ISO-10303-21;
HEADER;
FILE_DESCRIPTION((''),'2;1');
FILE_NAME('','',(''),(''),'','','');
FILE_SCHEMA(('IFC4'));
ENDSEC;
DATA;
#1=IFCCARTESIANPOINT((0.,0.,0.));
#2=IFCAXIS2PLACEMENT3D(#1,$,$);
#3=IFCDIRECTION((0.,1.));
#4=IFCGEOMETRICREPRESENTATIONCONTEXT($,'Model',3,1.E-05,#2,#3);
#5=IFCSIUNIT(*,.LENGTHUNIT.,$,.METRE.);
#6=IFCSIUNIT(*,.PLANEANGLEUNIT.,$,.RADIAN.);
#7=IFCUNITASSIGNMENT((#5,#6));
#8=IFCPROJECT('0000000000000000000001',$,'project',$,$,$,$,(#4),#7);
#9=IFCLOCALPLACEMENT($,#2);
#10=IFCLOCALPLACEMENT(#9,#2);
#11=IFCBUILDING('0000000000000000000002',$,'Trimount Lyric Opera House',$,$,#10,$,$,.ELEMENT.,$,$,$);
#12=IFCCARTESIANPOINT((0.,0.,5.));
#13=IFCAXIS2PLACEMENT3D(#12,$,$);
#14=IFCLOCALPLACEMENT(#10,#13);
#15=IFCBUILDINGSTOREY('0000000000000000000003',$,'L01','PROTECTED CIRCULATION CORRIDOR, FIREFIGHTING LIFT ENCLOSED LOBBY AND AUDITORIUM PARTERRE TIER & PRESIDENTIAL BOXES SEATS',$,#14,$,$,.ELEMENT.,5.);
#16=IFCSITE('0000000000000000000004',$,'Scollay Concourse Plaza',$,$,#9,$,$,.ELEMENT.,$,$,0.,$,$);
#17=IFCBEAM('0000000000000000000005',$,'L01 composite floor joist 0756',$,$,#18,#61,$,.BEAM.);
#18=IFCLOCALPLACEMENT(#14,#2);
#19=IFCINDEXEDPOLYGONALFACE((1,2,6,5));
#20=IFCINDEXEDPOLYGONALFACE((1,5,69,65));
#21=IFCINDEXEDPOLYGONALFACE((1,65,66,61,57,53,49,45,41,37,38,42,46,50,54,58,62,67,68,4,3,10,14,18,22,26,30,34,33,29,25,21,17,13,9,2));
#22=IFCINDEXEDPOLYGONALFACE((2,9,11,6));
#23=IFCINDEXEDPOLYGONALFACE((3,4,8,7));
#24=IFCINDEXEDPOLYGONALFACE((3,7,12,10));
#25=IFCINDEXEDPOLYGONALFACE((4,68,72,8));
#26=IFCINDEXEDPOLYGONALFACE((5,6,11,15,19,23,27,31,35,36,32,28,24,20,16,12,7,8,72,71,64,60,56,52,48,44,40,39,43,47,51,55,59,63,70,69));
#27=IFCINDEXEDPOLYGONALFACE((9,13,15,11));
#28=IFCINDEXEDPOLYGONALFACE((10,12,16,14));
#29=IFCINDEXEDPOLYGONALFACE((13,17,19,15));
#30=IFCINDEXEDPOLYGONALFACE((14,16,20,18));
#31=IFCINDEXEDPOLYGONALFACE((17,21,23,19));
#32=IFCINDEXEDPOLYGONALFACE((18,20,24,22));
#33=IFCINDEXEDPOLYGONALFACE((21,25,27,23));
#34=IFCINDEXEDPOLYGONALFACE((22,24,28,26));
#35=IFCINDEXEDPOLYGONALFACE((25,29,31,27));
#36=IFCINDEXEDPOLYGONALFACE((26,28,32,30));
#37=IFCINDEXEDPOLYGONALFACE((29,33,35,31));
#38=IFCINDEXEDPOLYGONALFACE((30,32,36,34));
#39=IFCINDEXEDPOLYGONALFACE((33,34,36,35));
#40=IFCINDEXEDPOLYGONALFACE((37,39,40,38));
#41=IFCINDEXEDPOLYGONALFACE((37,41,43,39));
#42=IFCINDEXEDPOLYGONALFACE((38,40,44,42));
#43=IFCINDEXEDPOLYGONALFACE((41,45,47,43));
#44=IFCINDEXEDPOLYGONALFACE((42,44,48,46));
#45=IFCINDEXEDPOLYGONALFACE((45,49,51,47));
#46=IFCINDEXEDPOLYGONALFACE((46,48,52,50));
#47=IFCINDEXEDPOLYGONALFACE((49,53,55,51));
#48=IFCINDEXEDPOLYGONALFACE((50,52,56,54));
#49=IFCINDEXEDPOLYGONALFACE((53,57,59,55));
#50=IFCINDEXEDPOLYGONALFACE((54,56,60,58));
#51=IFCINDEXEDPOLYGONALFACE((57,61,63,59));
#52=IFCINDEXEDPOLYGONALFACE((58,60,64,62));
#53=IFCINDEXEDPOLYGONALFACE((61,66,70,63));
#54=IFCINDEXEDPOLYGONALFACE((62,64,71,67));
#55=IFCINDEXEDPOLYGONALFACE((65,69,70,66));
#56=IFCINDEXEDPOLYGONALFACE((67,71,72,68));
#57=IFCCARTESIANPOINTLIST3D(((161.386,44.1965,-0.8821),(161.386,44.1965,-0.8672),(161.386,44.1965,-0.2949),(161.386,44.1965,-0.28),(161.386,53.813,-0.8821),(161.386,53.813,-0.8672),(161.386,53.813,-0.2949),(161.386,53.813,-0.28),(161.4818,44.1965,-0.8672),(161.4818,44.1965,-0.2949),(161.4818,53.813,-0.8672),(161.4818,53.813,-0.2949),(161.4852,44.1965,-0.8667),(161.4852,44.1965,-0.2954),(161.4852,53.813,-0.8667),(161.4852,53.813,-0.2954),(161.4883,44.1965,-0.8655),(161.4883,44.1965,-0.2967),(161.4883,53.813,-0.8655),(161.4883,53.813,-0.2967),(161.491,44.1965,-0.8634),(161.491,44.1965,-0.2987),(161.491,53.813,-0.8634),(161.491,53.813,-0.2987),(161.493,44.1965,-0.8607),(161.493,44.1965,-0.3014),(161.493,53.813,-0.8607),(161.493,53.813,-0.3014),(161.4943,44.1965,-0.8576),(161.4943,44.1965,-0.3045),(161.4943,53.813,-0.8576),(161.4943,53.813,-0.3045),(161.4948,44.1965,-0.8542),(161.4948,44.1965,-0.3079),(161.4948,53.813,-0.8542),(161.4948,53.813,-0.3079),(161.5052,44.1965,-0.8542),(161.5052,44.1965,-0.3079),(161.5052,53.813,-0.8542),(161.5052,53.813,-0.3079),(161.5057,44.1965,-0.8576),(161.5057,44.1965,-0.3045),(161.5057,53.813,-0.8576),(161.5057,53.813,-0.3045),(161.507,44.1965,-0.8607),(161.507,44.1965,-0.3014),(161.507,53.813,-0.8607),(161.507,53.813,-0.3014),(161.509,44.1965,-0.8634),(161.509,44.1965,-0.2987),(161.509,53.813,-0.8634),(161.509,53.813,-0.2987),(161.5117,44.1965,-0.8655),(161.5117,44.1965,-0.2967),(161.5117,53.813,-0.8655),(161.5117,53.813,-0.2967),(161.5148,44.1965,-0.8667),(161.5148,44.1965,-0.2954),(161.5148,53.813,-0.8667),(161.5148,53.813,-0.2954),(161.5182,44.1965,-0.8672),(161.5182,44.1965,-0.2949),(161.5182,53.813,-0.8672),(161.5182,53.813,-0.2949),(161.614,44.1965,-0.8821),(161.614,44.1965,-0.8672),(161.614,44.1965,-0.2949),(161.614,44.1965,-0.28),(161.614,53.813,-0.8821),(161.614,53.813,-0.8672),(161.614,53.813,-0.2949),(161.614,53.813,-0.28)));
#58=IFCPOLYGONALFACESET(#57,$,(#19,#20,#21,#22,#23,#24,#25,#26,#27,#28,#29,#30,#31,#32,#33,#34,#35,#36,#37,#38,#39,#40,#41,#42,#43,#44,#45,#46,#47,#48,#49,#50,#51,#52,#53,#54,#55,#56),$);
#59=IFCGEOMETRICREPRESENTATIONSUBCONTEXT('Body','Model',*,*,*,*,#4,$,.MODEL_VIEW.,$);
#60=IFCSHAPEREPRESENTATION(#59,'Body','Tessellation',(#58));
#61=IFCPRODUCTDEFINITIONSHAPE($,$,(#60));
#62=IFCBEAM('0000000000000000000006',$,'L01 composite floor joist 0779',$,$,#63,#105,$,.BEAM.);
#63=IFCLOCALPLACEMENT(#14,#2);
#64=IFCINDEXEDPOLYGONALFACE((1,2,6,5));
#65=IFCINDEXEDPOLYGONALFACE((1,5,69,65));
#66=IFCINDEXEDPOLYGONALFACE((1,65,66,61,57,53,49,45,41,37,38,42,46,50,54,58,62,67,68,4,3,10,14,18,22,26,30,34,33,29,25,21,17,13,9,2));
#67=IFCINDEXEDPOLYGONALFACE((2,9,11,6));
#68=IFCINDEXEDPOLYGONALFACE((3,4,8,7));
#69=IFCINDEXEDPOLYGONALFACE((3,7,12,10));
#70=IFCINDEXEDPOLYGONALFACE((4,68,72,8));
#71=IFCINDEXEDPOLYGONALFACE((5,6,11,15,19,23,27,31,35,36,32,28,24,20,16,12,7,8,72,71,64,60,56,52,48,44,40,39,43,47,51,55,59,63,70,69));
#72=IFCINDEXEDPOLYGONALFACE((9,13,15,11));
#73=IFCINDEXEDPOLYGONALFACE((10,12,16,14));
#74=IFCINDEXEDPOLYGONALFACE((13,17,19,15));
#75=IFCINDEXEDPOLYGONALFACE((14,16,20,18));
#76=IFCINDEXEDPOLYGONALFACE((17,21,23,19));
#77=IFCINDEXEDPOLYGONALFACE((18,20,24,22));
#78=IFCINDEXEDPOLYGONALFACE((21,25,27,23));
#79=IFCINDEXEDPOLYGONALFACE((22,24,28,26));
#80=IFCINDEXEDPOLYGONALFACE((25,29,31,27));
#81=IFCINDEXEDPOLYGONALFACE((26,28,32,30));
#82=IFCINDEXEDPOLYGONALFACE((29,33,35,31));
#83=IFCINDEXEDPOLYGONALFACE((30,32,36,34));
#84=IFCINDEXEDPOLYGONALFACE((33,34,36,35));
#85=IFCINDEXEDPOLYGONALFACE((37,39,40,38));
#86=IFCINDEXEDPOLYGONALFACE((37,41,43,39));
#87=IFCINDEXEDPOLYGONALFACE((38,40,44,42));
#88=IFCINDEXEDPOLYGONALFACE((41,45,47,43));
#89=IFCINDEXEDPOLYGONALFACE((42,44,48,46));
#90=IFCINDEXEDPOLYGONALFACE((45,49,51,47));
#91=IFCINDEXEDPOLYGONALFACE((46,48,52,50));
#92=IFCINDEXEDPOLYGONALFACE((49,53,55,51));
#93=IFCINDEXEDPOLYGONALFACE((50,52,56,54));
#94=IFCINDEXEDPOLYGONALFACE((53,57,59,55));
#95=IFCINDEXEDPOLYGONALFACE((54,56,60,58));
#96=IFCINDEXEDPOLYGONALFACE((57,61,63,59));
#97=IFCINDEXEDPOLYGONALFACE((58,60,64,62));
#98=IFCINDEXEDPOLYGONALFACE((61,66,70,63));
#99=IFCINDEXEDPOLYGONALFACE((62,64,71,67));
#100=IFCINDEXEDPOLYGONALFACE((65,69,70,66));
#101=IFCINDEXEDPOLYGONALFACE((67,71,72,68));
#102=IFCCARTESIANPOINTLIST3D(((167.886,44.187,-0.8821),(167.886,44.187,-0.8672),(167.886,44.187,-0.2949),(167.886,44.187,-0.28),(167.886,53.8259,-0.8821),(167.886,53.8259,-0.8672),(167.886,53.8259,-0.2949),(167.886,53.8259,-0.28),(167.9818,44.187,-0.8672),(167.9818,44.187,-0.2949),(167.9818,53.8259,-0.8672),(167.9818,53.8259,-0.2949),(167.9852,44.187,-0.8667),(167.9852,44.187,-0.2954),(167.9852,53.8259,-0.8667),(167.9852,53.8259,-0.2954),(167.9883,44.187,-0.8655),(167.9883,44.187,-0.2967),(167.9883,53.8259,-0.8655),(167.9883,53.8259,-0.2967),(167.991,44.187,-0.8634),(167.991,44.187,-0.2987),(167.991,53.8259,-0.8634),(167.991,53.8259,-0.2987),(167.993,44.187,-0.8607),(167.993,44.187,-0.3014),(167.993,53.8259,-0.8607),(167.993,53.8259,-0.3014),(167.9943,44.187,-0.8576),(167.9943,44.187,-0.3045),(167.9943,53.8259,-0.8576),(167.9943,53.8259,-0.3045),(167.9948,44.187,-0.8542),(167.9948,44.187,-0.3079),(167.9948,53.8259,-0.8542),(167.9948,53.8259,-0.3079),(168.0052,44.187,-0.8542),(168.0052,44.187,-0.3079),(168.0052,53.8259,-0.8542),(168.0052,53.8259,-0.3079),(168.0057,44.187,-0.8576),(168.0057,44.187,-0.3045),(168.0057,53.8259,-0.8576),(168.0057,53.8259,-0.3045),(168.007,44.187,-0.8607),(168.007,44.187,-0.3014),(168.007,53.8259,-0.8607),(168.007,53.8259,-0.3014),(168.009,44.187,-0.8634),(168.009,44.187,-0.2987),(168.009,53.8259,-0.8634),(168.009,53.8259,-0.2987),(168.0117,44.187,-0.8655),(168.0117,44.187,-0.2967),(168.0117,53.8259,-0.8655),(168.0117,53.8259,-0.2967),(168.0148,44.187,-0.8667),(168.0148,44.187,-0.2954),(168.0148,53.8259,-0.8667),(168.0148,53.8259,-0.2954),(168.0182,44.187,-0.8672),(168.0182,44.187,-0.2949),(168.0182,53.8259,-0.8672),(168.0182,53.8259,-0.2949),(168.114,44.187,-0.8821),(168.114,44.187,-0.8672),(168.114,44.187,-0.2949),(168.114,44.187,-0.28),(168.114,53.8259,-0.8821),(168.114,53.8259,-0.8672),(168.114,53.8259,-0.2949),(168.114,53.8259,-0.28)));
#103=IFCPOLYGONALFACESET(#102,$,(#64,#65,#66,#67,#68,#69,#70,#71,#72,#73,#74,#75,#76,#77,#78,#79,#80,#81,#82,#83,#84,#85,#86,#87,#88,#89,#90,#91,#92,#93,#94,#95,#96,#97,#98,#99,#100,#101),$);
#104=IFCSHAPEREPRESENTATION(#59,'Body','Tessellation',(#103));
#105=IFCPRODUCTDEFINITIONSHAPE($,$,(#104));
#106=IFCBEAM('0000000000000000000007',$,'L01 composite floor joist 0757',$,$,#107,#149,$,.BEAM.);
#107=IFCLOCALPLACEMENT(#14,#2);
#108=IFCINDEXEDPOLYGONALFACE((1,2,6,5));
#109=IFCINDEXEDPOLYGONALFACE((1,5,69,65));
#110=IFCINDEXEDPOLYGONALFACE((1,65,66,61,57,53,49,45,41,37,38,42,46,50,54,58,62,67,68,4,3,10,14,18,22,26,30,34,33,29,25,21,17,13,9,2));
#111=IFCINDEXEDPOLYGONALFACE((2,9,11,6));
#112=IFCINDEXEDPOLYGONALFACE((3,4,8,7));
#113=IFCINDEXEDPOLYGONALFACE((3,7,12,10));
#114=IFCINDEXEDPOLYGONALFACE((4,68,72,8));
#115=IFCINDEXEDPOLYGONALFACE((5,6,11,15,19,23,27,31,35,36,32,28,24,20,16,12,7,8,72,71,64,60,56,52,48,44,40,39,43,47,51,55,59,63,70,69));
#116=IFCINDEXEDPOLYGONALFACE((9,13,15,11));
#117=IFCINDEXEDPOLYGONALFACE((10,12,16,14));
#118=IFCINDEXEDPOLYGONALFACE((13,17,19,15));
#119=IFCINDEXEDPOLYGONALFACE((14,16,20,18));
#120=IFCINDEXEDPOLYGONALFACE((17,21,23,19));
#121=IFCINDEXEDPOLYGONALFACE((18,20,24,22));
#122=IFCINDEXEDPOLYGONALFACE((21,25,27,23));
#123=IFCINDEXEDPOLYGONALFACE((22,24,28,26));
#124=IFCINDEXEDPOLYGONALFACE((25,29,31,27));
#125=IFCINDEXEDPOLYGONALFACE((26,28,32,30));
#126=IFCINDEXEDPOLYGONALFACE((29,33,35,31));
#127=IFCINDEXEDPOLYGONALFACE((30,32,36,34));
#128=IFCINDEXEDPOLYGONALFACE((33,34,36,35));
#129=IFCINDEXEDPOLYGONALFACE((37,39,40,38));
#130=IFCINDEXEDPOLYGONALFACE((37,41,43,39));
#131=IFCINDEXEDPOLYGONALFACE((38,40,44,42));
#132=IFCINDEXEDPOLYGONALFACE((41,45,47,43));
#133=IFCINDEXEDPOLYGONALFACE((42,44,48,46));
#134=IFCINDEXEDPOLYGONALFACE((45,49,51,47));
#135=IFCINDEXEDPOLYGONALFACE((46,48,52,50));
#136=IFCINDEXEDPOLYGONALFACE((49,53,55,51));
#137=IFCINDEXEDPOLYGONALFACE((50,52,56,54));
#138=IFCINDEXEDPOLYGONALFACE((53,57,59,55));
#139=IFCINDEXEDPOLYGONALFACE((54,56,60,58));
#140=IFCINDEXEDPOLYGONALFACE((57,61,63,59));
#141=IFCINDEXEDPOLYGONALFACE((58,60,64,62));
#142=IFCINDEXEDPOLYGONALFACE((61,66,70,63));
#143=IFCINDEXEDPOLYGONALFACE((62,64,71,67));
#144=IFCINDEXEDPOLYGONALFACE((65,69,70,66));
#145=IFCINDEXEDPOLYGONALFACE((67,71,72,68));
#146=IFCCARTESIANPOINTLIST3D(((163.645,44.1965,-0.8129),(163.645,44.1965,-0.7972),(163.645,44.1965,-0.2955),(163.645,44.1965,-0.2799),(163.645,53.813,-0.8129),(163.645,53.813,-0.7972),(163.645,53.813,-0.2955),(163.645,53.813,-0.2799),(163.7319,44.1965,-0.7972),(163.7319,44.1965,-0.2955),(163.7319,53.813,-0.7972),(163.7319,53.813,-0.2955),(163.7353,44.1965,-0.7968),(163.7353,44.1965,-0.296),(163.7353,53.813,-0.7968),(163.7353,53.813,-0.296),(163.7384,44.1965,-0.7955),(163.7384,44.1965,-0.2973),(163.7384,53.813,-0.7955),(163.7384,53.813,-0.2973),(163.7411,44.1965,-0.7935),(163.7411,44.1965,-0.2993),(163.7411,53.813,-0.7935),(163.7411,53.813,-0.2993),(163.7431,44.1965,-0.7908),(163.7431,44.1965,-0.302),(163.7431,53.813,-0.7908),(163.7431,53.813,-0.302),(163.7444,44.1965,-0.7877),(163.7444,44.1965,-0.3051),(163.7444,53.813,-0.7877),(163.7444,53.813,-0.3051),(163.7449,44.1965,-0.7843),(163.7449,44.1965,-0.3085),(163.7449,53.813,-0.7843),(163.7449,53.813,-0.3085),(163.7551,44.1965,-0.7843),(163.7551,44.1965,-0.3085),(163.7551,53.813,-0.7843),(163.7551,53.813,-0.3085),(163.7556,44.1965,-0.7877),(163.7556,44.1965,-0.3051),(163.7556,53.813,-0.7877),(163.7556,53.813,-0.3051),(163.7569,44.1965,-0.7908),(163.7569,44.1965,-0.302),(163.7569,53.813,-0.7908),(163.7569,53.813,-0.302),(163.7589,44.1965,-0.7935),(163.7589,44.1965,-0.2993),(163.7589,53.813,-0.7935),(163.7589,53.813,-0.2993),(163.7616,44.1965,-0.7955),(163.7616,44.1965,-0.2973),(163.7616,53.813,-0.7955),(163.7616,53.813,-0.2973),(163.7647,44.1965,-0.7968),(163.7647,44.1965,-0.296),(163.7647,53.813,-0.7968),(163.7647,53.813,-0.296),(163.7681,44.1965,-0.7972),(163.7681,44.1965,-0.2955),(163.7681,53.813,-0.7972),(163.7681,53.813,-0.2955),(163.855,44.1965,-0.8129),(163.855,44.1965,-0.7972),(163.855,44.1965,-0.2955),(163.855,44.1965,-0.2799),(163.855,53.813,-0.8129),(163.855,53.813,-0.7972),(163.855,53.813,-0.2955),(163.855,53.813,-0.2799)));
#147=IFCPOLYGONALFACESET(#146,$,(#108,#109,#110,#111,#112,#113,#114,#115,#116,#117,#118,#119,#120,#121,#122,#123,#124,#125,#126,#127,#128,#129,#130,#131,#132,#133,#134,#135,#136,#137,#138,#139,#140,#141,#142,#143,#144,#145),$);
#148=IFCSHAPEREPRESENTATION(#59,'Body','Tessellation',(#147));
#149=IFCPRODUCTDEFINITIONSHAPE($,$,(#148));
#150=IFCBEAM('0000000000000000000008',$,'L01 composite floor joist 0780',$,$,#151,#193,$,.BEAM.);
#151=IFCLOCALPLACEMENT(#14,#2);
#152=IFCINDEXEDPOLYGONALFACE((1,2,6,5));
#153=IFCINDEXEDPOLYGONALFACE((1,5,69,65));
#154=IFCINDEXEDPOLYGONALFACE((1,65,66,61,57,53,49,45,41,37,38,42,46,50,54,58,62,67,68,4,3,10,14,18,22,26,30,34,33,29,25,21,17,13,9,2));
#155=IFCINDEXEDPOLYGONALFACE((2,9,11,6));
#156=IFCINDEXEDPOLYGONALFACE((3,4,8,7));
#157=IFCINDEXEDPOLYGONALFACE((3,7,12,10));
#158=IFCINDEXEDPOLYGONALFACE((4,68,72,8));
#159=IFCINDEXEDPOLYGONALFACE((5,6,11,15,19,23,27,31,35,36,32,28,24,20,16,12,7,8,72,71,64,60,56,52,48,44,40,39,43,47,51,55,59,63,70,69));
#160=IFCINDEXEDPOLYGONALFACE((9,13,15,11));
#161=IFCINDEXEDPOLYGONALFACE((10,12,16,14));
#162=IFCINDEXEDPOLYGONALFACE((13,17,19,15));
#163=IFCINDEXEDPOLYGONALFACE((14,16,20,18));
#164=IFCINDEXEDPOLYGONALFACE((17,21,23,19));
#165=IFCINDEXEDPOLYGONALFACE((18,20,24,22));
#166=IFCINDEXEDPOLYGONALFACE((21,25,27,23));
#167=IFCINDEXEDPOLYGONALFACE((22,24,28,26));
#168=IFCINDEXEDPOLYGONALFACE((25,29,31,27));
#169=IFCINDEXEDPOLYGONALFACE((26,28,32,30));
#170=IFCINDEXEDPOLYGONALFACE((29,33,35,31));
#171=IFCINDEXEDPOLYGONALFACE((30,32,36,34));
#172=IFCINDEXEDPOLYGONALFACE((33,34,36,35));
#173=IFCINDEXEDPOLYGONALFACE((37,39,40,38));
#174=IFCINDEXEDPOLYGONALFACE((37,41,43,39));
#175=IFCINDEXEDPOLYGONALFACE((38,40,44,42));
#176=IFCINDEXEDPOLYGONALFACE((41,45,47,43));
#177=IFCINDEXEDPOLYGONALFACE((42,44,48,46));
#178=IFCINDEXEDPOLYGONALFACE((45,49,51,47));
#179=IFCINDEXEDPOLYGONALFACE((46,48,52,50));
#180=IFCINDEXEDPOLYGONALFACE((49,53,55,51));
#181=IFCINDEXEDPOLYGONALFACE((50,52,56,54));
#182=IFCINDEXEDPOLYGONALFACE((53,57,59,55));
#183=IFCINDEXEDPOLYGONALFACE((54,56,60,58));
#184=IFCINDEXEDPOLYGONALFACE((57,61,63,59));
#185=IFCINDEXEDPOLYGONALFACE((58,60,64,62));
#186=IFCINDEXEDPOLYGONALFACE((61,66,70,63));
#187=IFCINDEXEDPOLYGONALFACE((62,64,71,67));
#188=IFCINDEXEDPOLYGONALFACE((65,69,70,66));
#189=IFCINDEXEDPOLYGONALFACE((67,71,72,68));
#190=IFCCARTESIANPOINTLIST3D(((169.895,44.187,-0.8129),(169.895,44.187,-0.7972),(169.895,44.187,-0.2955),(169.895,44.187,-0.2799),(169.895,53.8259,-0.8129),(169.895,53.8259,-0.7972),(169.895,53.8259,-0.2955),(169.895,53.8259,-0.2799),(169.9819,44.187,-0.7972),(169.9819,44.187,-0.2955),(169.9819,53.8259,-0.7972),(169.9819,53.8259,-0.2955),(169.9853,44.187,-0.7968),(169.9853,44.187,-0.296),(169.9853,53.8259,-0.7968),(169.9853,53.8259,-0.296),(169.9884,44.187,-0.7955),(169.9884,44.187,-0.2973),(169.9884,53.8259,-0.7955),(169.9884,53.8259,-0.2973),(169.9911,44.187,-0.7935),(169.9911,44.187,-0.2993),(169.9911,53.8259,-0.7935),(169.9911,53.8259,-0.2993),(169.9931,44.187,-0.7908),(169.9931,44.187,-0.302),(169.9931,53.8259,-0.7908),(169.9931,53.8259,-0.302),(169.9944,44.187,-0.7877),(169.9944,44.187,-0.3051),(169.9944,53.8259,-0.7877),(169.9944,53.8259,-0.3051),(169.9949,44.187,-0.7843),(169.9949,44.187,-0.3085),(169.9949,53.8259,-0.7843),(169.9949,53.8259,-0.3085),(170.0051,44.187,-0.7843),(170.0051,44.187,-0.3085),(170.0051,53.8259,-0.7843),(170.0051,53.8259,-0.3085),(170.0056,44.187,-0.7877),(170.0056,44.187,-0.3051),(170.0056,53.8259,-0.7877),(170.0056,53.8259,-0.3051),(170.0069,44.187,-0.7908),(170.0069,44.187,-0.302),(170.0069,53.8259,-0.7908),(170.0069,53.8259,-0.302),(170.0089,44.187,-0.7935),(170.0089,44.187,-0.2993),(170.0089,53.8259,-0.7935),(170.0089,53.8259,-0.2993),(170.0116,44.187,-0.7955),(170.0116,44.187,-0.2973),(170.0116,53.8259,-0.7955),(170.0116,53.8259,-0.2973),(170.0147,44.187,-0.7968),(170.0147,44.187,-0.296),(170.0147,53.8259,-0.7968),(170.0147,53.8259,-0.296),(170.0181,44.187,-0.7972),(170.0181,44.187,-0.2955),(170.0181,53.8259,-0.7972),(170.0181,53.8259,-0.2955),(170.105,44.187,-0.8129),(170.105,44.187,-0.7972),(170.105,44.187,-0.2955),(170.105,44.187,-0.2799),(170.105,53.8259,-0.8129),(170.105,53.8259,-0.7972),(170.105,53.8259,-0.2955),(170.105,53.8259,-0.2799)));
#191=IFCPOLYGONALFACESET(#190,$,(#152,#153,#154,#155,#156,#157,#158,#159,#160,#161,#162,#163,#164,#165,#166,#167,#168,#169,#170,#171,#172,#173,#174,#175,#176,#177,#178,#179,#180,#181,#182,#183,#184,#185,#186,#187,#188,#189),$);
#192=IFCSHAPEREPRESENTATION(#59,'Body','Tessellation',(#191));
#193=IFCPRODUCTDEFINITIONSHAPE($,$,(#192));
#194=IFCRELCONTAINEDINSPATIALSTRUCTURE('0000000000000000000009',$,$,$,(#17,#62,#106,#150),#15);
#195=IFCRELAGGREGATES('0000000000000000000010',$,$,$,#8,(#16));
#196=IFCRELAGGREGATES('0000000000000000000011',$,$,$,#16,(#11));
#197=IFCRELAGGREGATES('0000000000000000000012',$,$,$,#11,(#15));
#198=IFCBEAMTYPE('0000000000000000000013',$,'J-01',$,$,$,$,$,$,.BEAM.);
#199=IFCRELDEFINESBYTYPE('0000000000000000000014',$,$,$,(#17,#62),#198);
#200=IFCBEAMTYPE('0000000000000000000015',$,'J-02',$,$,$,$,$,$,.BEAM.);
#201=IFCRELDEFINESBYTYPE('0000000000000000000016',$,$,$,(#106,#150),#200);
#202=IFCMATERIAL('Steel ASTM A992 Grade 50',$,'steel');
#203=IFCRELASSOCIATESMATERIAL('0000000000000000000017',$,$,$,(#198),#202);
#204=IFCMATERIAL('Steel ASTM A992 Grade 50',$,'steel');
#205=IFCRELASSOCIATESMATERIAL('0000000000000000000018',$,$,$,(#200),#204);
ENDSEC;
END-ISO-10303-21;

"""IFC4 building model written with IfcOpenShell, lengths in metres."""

from ifc_helpers import new_model, si_unit, direction, frame, origin, origin_2d, place, context, subcontext, project, spatial, i_section, extrude, material, material_profile, profile_set, type_object, element, save


model = new_model("IFC4")

# Units and contexts
model_context = context("Model", 3, precision=1e-05, world=origin(), true_north=direction((0.0, 1.0)))
body_context = subcontext(model_context, "Body", "Model", "MODEL_VIEW")
ifc_project = project(units=[si_unit("LENGTHUNIT", "METRE"), si_unit("PLANEANGLEUNIT", "RADIAN")], contexts=[model_context])

# Site, building, storey
site_placement = place(None, origin())
site = spatial("IfcSite", under=ifc_project, at=site_placement, Name="Scollay Concourse Plaza", CompositionType="ELEMENT", RefElevation=0.0)
building_placement = place(site_placement, origin())
building = spatial("IfcBuilding", under=site, at=building_placement, Name="Trimount Lyric Opera House", CompositionType="ELEMENT")
storey_placement = place(building_placement, frame((0.0, 0.0, 5.0)))
storey = spatial("IfcBuildingStorey", under=building, at=storey_placement, Name="L01", Description="PROTECTED CIRCULATION CORRIDOR, FIREFIGHTING LIFT ENCLOSED LOBBY AND AUDITORIUM PARTERRE TIER & PRESIDENTIAL BOXES SEATS", CompositionType="ELEMENT", Elevation=5.0)

# Beams
ifc_material_1 = material(Name="Steel ASTM A992 Grade 50", Category="steel")
ifc_material_profile_1 = material_profile(ifc_material_1, i_section(OverallWidth=0.228, OverallDepth=0.6021, WebThickness=0.0105, FlangeThickness=0.0149, FilletRadius=0.0129, at=origin_2d()), Name="W24X68")
ifc_profile_set_1 = profile_set([ifc_material_profile_1], Name="Steel ASTM A992 Grade 50")
beam_type_1 = type_object("IfcBeamType", Name="J-01", PredefinedType="BEAM", material=ifc_profile_set_1)
beam_1_placement = place(storey_placement, frame((161.5, 44.1965, -0.5811), z_axis=(0.0, 1.0, 0.0), x_axis=(-1.0, 0.0, 0.0)))
element("IfcBeam", 1, at=beam_1_placement, inside=storey, type_object=beam_type_1, Name="L01 composite floor joist 0756", PredefinedType="BEAM", context=body_context, shape_type="SweptSolid", body=[
    extrude(i_section(OverallWidth=0.228, OverallDepth=0.6021, WebThickness=0.0105, FlangeThickness=0.0149, FilletRadius=0.0129, at=origin_2d()), origin(), (0.0, 0.0, 1.0), 9.6165),
])
beam_2_placement = place(storey_placement, frame((168.0, 44.187, -0.5811), z_axis=(0.0, 1.0, 0.0), x_axis=(-1.0, 0.0, 0.0)))
element("IfcBeam", 2, at=beam_2_placement, inside=storey, type_object=beam_type_1, Name="L01 composite floor joist 0779", PredefinedType="BEAM", context=body_context, shape_type="SweptSolid", body=[
    extrude(i_section(OverallWidth=0.228, OverallDepth=0.6021, WebThickness=0.0105, FlangeThickness=0.0149, FilletRadius=0.0129, at=origin_2d()), origin(), (0.0, 0.0, 1.0), 9.6389),
])
ifc_material_2 = material(Name="Steel ASTM A992 Grade 50", Category="steel")
ifc_material_profile_2 = material_profile(ifc_material_2, i_section(OverallWidth=0.21, OverallDepth=0.533, WebThickness=0.0103, FlangeThickness=0.0156, FilletRadius=0.0129, at=origin_2d()), Name="W21X62")
ifc_profile_set_2 = profile_set([ifc_material_profile_2], Name="Steel ASTM A992 Grade 50")
beam_type_2 = type_object("IfcBeamType", Name="J-02", PredefinedType="BEAM", material=ifc_profile_set_2)
beam_3_placement = place(storey_placement, frame((163.75, 44.1965, -0.5464), z_axis=(0.0, 1.0, 0.0), x_axis=(-1.0, 0.0, 0.0)))
element("IfcBeam", 3, at=beam_3_placement, inside=storey, type_object=beam_type_2, Name="L01 composite floor joist 0757", PredefinedType="BEAM", context=body_context, shape_type="SweptSolid", body=[
    extrude(i_section(OverallWidth=0.21, OverallDepth=0.533, WebThickness=0.0103, FlangeThickness=0.0156, FilletRadius=0.0129, at=origin_2d()), origin(), (0.0, 0.0, 1.0), 9.6165),
])
beam_4_placement = place(storey_placement, frame((170.0, 44.187, -0.5464), z_axis=(0.0, 1.0, 0.0), x_axis=(-1.0, 0.0, 0.0)))
element("IfcBeam", 4, at=beam_4_placement, inside=storey, type_object=beam_type_2, Name="L01 composite floor joist 0780", PredefinedType="BEAM", context=body_context, shape_type="SweptSolid", body=[
    extrude(i_section(OverallWidth=0.21, OverallDepth=0.533, WebThickness=0.0103, FlangeThickness=0.0156, FilletRadius=0.0129, at=origin_2d()), origin(), (0.0, 0.0, 1.0), 9.6389),
])

save(model, "model.ifc")
